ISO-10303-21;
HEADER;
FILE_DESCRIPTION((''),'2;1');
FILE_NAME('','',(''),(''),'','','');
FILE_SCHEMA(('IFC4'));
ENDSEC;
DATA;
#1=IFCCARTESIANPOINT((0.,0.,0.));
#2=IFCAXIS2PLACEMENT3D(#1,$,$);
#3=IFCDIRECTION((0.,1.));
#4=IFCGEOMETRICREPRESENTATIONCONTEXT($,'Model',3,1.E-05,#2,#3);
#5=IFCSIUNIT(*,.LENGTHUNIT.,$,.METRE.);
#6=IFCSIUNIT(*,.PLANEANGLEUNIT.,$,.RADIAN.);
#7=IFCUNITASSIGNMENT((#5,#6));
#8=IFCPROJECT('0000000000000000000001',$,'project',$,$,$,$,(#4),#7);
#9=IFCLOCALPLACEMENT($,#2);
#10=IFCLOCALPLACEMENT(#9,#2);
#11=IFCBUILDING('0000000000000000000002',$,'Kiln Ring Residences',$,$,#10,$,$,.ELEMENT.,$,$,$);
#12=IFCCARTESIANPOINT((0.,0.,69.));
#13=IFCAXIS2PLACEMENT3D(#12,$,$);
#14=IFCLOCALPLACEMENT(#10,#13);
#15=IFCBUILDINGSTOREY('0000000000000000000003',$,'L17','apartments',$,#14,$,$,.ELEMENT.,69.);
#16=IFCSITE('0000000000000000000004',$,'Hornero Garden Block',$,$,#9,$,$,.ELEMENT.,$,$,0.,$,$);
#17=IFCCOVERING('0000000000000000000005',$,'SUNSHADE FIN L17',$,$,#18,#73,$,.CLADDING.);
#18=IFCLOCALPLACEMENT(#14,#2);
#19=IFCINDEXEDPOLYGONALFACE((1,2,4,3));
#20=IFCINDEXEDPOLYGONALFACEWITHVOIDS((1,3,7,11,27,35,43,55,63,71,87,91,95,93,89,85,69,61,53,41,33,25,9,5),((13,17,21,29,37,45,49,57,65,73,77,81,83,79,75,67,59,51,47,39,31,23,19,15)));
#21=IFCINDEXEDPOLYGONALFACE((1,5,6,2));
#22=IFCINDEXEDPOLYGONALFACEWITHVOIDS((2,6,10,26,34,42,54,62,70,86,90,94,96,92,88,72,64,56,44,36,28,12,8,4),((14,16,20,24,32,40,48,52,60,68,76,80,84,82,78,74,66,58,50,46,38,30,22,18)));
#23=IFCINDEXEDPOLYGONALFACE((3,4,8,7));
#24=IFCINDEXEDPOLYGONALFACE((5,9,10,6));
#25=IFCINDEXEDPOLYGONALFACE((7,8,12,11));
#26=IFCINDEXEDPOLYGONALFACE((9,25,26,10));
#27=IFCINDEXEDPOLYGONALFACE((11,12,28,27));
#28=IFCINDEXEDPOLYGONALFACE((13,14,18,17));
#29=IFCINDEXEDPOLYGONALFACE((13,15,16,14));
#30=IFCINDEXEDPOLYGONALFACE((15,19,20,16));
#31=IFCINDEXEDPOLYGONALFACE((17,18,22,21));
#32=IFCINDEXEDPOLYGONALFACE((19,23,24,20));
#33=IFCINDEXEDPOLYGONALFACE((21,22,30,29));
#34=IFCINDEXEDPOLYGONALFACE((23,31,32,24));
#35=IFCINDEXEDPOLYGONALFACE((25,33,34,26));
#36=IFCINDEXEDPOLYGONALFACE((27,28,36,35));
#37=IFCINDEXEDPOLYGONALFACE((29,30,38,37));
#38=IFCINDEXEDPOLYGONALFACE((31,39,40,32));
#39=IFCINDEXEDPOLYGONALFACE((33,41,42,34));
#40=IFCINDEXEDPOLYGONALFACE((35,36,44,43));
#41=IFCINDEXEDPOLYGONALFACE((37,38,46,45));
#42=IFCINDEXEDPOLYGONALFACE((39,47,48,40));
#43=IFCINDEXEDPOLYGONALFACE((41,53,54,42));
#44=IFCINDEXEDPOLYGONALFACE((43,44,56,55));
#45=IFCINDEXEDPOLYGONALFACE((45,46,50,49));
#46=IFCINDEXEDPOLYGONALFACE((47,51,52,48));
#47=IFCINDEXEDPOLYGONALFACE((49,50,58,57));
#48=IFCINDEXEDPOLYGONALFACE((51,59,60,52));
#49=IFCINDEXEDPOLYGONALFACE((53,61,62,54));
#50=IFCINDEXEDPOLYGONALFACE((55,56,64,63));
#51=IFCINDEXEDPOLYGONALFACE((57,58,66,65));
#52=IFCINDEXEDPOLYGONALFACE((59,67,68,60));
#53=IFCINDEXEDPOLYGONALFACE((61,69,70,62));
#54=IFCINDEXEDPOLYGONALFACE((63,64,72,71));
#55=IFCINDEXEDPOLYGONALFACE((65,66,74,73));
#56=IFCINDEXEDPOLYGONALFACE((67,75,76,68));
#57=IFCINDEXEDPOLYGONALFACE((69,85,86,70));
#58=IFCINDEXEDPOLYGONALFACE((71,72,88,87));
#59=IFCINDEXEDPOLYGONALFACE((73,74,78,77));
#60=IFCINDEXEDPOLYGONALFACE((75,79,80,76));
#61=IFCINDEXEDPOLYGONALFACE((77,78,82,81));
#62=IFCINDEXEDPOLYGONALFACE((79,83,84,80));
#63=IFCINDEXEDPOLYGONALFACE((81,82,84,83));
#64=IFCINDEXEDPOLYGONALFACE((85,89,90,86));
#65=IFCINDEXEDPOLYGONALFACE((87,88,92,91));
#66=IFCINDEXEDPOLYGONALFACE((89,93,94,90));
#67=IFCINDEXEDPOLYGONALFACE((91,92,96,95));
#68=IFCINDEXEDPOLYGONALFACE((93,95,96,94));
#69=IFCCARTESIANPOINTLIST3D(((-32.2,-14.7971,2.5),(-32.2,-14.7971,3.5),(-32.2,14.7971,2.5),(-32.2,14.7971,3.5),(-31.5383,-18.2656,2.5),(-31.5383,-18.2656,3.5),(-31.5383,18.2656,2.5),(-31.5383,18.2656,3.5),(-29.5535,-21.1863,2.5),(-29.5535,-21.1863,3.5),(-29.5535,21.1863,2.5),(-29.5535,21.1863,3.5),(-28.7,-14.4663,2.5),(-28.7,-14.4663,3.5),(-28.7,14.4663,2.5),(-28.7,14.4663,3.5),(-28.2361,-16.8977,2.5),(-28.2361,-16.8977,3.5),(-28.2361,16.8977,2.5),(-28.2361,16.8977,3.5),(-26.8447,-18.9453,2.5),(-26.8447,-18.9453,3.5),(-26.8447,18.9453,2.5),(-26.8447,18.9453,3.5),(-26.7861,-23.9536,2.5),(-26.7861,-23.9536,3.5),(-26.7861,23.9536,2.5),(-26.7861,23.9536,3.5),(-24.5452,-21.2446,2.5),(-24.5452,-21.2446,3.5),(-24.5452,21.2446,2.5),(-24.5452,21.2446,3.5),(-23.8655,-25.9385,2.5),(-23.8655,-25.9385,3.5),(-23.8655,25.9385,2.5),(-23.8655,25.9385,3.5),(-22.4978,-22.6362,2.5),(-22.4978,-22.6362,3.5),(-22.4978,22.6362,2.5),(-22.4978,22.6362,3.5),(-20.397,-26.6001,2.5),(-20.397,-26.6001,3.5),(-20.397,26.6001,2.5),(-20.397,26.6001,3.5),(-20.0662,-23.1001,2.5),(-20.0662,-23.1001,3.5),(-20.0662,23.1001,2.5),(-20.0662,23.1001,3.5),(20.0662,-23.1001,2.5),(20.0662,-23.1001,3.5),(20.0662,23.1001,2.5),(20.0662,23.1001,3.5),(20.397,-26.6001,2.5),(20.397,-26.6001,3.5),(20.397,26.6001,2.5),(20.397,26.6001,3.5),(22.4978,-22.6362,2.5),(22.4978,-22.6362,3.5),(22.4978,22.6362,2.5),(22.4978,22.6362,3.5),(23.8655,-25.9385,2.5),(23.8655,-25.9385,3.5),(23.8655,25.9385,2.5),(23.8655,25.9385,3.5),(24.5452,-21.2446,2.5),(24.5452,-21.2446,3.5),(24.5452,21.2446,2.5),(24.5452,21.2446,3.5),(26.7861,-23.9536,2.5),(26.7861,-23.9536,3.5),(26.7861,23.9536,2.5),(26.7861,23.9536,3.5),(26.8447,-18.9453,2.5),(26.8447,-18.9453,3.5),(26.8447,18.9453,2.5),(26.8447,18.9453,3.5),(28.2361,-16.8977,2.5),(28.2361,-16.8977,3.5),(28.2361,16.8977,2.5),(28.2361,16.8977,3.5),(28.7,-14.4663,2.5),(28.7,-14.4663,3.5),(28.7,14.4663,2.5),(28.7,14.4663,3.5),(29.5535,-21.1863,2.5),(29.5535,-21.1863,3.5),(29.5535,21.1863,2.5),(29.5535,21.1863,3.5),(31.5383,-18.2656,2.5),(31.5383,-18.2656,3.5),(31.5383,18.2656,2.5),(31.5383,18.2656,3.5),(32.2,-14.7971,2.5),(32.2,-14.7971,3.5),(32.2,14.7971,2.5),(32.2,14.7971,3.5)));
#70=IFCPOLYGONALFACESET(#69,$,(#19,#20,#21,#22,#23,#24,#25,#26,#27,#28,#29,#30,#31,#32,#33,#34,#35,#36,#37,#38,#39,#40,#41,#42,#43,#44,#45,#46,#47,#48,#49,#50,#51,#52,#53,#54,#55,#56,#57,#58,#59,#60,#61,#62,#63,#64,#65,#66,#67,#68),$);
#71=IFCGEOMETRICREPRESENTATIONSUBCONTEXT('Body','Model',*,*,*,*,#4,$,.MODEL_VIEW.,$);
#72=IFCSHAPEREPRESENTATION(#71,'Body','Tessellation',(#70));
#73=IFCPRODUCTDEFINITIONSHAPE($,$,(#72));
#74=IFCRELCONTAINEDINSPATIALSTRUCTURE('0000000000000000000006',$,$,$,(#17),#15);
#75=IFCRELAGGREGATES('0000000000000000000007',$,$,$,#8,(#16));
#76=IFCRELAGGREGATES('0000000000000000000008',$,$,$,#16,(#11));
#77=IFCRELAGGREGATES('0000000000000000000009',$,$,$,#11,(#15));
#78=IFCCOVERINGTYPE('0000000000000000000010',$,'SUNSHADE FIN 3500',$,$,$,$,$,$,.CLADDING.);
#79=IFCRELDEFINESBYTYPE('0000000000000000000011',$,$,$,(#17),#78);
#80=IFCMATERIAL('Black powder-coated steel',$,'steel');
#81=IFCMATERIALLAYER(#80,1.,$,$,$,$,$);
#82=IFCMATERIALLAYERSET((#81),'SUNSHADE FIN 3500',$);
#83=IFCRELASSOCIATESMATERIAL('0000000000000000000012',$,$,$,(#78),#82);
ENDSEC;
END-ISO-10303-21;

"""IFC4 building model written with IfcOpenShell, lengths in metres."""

from ifc_helpers import new_model, si_unit, direction, frame, origin, place, context, subcontext, project, spatial, polyline, outline, extrude, material, layer, layer_set, type_object, element, save


model = new_model("IFC4")

# Units and contexts
model_context = context("Model", 3, precision=1e-05, world=origin(), true_north=direction((0.0, 1.0)))
body_context = subcontext(model_context, "Body", "Model", "MODEL_VIEW")
ifc_project = project(units=[si_unit("LENGTHUNIT", "METRE"), si_unit("PLANEANGLEUNIT", "RADIAN")], contexts=[model_context])

# Site, building, storey
site_placement = place(None, origin())
site = spatial("IfcSite", under=ifc_project, at=site_placement, Name="Hornero Garden Block", CompositionType="ELEMENT", RefElevation=0.0)
building_placement = place(site_placement, origin())
building = spatial("IfcBuilding", under=site, at=building_placement, Name="Kiln Ring Residences", CompositionType="ELEMENT")
storey_placement = place(building_placement, frame((0.0, 0.0, 69.0)))
storey = spatial("IfcBuildingStorey", under=building, at=storey_placement, Name="L17", Description="apartments", CompositionType="ELEMENT", Elevation=69.0)

# Covering
ifc_material_1 = material(Name="Black powder-coated steel", Category="steel")
ifc_layer_1 = layer(ifc_material_1, 1.0)
ifc_layer_set_1 = layer_set([ifc_layer_1], Name="SUNSHADE FIN 3500")
covering_type_1 = type_object("IfcCoveringType", Name="SUNSHADE FIN 3500", PredefinedType="CLADDING", material=ifc_layer_set_1)
covering_1_placement = place(storey_placement, frame((0.0, 0.0, 2.5)))
element("IfcCovering", 1, at=covering_1_placement, inside=storey, type_object=covering_type_1, Name="SUNSHADE FIN L17", PredefinedType="CLADDING", context=body_context, shape_type="SweptSolid", body=[
    extrude(outline(polyline([(-31.5383, -18.2656), (-29.5535, -21.1863), (-26.7861, -23.9536), (-23.8655, -25.9385), (-20.397, -26.6001), (20.397, -26.6001), (23.8655, -25.9385), (26.7861, -23.9536), (29.5535, -21.1863), (31.5383, -18.2656), (32.2, -14.7971), (32.2, 14.7971), (31.5383, 18.2656), (29.5535, 21.1863), (26.7861, 23.9536), (23.8655, 25.9385), (20.397, 26.6001), (-20.397, 26.6001), (-23.8655, 25.9385), (-26.7861, 23.9536), (-29.5535, 21.1863), (-31.5383, 18.2656), (-32.2, 14.7971), (-32.2, -14.7971), (-31.5383, -18.2656)]), holes=[polyline([(-24.5452, -21.2446), (-26.8447, -18.9453), (-28.2361, -16.8977), (-28.7, -14.4663), (-28.7, 14.4663), (-28.2361, 16.8977), (-26.8447, 18.9453), (-24.5452, 21.2446), (-22.4978, 22.6362), (-20.0662, 23.1001), (20.0662, 23.1001), (22.4978, 22.6362), (24.5452, 21.2446), (26.8447, 18.9453), (28.2361, 16.8977), (28.7, 14.4663), (28.7, -14.4663), (28.2361, -16.8977), (26.8447, -18.9453), (24.5452, -21.2446), (22.4978, -22.6362), (20.0662, -23.1001), (-20.0662, -23.1001), (-22.4978, -22.6362), (-24.5452, -21.2446)])]), origin(), (0.0, 0.0, 1.0), 1.0),
])

save(model, "model.ifc")
